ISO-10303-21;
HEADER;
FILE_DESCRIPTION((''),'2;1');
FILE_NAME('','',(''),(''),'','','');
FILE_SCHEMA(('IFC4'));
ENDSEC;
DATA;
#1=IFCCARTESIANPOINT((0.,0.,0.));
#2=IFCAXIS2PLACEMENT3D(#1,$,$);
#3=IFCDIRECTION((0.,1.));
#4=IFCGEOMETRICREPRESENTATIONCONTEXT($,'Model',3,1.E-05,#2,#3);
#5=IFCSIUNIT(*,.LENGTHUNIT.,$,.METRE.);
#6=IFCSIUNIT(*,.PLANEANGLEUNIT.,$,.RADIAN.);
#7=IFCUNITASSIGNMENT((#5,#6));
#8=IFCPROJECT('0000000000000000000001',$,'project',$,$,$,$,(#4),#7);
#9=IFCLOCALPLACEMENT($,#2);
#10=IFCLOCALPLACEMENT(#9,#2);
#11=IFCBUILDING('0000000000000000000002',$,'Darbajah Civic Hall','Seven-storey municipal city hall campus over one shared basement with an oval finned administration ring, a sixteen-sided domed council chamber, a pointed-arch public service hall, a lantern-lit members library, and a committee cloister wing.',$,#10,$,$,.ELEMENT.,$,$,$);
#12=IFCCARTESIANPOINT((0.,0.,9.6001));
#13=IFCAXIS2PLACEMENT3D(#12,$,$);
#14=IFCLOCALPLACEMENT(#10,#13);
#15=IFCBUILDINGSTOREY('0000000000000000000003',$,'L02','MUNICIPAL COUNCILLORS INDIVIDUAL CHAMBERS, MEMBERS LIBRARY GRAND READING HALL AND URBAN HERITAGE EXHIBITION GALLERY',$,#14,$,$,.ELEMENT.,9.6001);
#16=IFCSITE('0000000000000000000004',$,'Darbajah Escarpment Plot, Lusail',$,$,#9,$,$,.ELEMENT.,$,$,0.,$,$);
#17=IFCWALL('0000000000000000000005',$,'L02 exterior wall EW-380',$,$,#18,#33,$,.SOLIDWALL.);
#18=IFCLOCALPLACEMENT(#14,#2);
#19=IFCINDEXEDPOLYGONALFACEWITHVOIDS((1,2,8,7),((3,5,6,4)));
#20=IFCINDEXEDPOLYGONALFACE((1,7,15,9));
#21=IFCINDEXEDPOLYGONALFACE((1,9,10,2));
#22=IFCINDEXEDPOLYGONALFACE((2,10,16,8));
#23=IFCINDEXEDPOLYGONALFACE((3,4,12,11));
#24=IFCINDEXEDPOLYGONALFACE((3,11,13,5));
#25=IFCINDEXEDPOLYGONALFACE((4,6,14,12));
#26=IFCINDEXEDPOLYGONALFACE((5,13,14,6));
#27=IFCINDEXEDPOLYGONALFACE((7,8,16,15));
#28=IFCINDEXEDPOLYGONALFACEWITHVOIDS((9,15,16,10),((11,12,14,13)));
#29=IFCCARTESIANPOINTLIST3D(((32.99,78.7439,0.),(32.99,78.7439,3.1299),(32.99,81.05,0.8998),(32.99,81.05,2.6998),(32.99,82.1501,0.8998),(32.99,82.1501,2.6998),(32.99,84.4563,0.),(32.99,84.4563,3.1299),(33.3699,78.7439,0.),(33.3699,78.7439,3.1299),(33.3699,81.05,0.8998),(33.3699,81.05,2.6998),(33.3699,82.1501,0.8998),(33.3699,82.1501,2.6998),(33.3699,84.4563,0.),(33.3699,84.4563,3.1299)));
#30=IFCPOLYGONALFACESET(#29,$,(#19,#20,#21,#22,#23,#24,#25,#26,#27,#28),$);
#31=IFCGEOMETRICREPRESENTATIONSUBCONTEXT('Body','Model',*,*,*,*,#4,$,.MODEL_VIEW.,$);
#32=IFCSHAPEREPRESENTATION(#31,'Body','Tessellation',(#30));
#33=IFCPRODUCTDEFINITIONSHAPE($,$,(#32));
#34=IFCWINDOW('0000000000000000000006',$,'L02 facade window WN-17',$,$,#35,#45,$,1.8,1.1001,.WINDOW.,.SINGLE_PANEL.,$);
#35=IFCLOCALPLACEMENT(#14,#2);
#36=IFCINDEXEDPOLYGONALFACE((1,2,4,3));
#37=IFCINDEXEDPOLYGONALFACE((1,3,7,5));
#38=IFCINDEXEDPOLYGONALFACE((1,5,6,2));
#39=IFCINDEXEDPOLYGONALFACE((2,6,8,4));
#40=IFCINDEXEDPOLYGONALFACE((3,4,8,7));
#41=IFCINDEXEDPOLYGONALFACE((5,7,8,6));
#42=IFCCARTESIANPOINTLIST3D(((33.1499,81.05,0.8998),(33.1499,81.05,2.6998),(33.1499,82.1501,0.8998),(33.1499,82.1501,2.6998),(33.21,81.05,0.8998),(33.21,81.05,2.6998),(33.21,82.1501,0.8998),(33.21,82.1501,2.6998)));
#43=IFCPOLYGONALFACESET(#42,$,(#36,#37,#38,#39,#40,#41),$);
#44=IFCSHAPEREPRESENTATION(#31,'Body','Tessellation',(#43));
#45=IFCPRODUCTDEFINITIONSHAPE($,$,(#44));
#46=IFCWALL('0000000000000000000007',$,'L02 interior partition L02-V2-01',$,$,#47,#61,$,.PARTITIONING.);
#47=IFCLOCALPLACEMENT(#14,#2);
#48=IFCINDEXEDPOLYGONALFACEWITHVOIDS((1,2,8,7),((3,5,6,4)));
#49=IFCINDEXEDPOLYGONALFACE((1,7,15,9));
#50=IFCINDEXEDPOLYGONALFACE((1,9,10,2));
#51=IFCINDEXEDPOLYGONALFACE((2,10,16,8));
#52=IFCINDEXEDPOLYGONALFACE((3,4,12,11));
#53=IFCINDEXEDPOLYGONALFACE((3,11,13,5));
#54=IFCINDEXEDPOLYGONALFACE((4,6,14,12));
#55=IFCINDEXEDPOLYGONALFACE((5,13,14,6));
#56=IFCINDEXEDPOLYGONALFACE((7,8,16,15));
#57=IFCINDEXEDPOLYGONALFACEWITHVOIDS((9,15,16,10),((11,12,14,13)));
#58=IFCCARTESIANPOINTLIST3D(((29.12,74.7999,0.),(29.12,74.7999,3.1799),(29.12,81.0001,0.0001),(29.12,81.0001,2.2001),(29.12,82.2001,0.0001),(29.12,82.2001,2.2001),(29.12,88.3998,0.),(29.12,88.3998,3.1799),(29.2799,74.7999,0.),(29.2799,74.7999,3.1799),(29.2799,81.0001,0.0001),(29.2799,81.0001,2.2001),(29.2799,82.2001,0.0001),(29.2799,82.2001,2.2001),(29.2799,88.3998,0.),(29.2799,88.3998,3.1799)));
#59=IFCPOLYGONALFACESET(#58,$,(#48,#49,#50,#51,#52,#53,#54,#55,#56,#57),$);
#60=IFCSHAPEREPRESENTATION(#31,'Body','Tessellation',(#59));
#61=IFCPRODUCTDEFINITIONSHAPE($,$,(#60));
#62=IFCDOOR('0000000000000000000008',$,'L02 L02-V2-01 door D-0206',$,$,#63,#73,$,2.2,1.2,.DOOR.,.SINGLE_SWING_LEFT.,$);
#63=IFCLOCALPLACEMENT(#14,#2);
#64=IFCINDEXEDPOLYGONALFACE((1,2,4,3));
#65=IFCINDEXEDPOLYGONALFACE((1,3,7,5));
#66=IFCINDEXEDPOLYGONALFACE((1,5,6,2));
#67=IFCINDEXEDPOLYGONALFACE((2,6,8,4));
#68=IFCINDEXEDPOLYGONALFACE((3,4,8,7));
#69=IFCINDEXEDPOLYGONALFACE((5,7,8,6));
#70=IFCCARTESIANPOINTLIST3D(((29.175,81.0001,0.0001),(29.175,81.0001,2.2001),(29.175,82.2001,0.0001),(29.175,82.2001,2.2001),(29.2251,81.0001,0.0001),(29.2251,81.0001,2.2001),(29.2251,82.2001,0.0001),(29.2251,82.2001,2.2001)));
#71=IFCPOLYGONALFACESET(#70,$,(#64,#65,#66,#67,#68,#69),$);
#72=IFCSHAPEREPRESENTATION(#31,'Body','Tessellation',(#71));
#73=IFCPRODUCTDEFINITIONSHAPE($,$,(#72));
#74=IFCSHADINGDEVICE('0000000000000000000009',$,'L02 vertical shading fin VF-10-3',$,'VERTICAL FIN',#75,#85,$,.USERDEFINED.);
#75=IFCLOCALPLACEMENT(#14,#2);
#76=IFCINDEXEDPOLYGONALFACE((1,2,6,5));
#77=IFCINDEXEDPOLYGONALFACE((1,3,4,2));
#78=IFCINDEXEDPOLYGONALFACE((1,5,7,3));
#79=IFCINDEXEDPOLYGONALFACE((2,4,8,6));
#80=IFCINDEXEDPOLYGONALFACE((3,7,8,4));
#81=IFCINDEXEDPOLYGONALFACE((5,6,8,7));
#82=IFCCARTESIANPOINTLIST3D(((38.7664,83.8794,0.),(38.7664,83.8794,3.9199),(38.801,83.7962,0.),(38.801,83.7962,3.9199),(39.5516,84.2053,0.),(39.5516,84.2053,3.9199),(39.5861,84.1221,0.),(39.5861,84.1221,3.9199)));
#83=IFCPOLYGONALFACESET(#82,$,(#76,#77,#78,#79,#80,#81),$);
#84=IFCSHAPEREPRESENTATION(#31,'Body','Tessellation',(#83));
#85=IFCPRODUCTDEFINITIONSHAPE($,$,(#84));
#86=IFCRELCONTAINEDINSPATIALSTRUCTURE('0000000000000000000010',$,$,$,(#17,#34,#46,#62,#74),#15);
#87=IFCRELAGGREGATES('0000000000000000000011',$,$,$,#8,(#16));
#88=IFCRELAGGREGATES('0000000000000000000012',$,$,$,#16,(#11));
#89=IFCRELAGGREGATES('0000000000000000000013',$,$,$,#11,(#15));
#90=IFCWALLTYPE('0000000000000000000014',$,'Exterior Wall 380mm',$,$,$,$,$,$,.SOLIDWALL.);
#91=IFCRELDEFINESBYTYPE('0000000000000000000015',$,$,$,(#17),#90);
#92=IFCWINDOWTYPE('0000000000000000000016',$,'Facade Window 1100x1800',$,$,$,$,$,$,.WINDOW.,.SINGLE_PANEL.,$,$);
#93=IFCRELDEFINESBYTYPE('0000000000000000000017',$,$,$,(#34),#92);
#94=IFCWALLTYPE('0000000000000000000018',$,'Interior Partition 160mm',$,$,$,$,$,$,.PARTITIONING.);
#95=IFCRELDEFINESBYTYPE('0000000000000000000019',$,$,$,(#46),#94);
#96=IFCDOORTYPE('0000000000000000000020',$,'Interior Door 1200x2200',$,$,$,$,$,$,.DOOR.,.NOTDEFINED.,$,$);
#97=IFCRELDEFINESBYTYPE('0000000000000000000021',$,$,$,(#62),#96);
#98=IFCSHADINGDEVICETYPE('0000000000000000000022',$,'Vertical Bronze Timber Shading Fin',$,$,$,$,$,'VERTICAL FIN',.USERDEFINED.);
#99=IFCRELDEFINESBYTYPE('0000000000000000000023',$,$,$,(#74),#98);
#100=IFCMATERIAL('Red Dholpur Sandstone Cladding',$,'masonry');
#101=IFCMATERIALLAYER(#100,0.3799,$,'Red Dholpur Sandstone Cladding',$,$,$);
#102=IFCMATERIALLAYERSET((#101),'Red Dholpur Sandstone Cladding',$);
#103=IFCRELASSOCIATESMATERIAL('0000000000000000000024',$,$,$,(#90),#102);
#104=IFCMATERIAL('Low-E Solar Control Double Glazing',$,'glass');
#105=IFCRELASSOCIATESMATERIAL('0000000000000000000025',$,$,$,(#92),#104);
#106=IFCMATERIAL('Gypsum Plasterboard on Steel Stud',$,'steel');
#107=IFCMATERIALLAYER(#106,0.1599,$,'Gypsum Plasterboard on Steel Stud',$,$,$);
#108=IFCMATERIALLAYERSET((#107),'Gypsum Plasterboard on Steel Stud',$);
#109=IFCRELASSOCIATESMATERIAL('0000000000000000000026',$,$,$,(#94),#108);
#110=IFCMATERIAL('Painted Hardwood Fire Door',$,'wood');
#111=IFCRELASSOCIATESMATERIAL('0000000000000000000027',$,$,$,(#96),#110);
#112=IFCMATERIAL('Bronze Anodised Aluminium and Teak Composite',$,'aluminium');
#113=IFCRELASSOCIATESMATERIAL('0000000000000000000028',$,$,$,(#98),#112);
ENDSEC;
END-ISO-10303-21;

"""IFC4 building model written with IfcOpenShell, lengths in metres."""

from ifc_helpers import new_model, si_unit, direction, frame, frame_2d, origin, origin_2d, place, context, subcontext, project, spatial, rectangle, extrude, material, layer, layer_set, type_object, element, fill, save


model = new_model("IFC4")

# Units and contexts
model_context = context("Model", 3, precision=1e-05, world=origin(), true_north=direction((0.0, 1.0)))
body_context = subcontext(model_context, "Body", "Model", "MODEL_VIEW")
ifc_project = project(units=[si_unit("LENGTHUNIT", "METRE"), si_unit("PLANEANGLEUNIT", "RADIAN")], contexts=[model_context])

# Site, building, storey
site_placement = place(None, origin())
site = spatial("IfcSite", under=ifc_project, at=site_placement, Name="Darbajah Escarpment Plot, Lusail", CompositionType="ELEMENT", RefElevation=0.0)
building_placement = place(site_placement, origin())
building = spatial("IfcBuilding", under=site, at=building_placement, Name="Darbajah Civic Hall", Description="Seven-storey municipal city hall campus over one shared basement with an oval finned administration ring, a sixteen-sided domed council chamber, a pointed-arch public service hall, a lantern-lit members library, and a committee cloister wing.", CompositionType="ELEMENT")
storey_placement = place(building_placement, frame((0.0, 0.0, 9.6001)))
storey = spatial("IfcBuildingStorey", under=building, at=storey_placement, Name="L02", Description="MUNICIPAL COUNCILLORS INDIVIDUAL CHAMBERS, MEMBERS LIBRARY GRAND READING HALL AND URBAN HERITAGE EXHIBITION GALLERY", CompositionType="ELEMENT", Elevation=9.6001)

# Wall, opening, window
ifc_material_1 = material(Name="Red Dholpur Sandstone Cladding", Category="masonry")
ifc_layer_1 = layer(ifc_material_1, 0.3799, Name="Red Dholpur Sandstone Cladding")
ifc_layer_set_1 = layer_set([ifc_layer_1], Name="Red Dholpur Sandstone Cladding")
wall_type_1 = type_object("IfcWallType", Name="Exterior Wall 380mm", PredefinedType="SOLIDWALL", material=ifc_layer_set_1)
ifc_material_2 = material(Name="Low-E Solar Control Double Glazing", Category="glass")
window_type = type_object("IfcWindowType", Name="Facade Window 1100x1800", PartitioningType="SINGLE_PANEL", PredefinedType="WINDOW", material=ifc_material_2)
wall_1_placement = place(storey_placement, frame((33.1799, 78.7439, 0.0), z_axis=(0.0, 0.0, 1.0), x_axis=(0.0, 1.0, 0.0)))
wall_1 = element("IfcWall", 1, at=wall_1_placement, inside=storey, type_object=wall_type_1, Name="L02 exterior wall EW-380", PredefinedType="SOLIDWALL", context=body_context, shape_type="SweptSolid", body=[
    extrude(rectangle(XDim=5.7124, YDim=0.3799, at=frame_2d((2.8562, 0.0))), origin(), (0.0, 0.0, 1.0), 3.1299),
])
opening_1_placement = place(wall_1_placement, frame((2.3062, 0.0, 0.8999)))
opening_1 = element("IfcOpeningElement", 2, at=opening_1_placement, cuts=wall_1, PredefinedType="OPENING", context=body_context, shape_type="SweptSolid", body=[
    extrude(rectangle(XDim=1.1001, YDim=1.8, at=frame_2d((0.55, 0.8999))), frame((0.0, 0.2, 0.0), z_axis=(0.0, -1.0, 0.0), x_axis=(1.0, 0.0, 0.0)), (0.0, 0.0, 1.0), 0.3999),
])
window_1_placement = place(opening_1_placement, origin())
window_1 = element("IfcWindow", 3, at=window_1_placement, inside=storey, type_object=window_type, Name="L02 facade window WN-17", OverallHeight=1.8, OverallWidth=1.1001, PartitioningType="SINGLE_PANEL", PredefinedType="WINDOW", context=body_context, shape_type="SweptSolid", body=[
    extrude(rectangle(XDim=1.1001, YDim=1.8, at=frame_2d((0.55, 0.8999))), frame((0.0, 0.03, 0.0), z_axis=(0.0, -1.0, 0.0), x_axis=(1.0, 0.0, 0.0)), (0.0, 0.0, 1.0), 0.0601),
])
fill(opening_1, window_1)

# Wall, opening, door
ifc_material_3 = material(Name="Gypsum Plasterboard on Steel Stud", Category="steel")
ifc_layer_2 = layer(ifc_material_3, 0.1599, Name="Gypsum Plasterboard on Steel Stud")
ifc_layer_set_2 = layer_set([ifc_layer_2], Name="Gypsum Plasterboard on Steel Stud")
wall_type_2 = type_object("IfcWallType", Name="Interior Partition 160mm", PredefinedType="PARTITIONING", material=ifc_layer_set_2)
wall_2_placement = place(storey_placement, frame((29.2, 74.8, 0.0), z_axis=(0.0, 0.0, 1.0), x_axis=(0.0, 1.0, 0.0)))
wall_2 = element("IfcWall", 4, at=wall_2_placement, inside=storey, type_object=wall_type_2, Name="L02 interior partition L02-V2-01", PredefinedType="PARTITIONING", context=body_context, shape_type="SweptSolid", body=[
    extrude(rectangle(XDim=13.5999, YDim=0.1599, at=frame_2d((6.7998, 0.0))), origin(), (0.0, 0.0, 1.0), 3.1799),
])
opening_2_placement = place(wall_2_placement, frame((6.2, 0.0, 0.0)))
opening_2 = element("IfcOpeningElement", 5, at=opening_2_placement, cuts=wall_2, PredefinedType="OPENING", context=body_context, shape_type="SweptSolid", body=[
    extrude(rectangle(XDim=1.2, YDim=2.2, at=frame_2d((0.6001, 1.1001))), frame((0.0, 0.0898, 0.0), z_axis=(0.0, -1.0, 0.0), x_axis=(1.0, 0.0, 0.0)), (0.0, 0.0, 1.0), 0.1799),
])
ifc_material_4 = material(Name="Painted Hardwood Fire Door", Category="wood")
door_type = type_object("IfcDoorType", Name="Interior Door 1200x2200", OperationType="NOTDEFINED", PredefinedType="DOOR", material=ifc_material_4)
door_placement = place(opening_2_placement, origin())
door = element("IfcDoor", 6, at=door_placement, inside=storey, type_object=door_type, Name="L02 L02-V2-01 door D-0206", OperationType="SINGLE_SWING_LEFT", OverallHeight=2.2, OverallWidth=1.2, PredefinedType="DOOR", context=body_context, shape_type="SweptSolid", body=[
    extrude(rectangle(XDim=1.2, YDim=2.2, at=frame_2d((0.6001, 1.1001))), frame((0.0, 0.0249, 0.0), z_axis=(0.0, -1.0, 0.0), x_axis=(1.0, 0.0, 0.0)), (0.0, 0.0, 1.0), 0.05),
])
fill(opening_2, door)

# Shading device
ifc_material_5 = material(Name="Bronze Anodised Aluminium and Teak Composite", Category="aluminium")
shading_device_type = type_object("IfcShadingDeviceType", Name="Vertical Bronze Timber Shading Fin", ElementType="VERTICAL FIN", PredefinedType="USERDEFINED", material=ifc_material_5)
shading_device_placement = place(storey_placement, frame((39.1763, 84.0007, 0.0), z_axis=(0.0, 0.0, 1.0), x_axis=(-0.923612, -0.383328, 0.0)))
element("IfcShadingDevice", 7, at=shading_device_placement, inside=storey, type_object=shading_device_type, Name="L02 vertical shading fin VF-10-3", ObjectType="VERTICAL FIN", PredefinedType="USERDEFINED", context=body_context, shape_type="SweptSolid", body=[
    extrude(rectangle(XDim=0.8501, YDim=0.0901, at=origin_2d()), origin(), (0.0, 0.0, 1.0), 3.9199),
])

save(model, "model.ifc")
